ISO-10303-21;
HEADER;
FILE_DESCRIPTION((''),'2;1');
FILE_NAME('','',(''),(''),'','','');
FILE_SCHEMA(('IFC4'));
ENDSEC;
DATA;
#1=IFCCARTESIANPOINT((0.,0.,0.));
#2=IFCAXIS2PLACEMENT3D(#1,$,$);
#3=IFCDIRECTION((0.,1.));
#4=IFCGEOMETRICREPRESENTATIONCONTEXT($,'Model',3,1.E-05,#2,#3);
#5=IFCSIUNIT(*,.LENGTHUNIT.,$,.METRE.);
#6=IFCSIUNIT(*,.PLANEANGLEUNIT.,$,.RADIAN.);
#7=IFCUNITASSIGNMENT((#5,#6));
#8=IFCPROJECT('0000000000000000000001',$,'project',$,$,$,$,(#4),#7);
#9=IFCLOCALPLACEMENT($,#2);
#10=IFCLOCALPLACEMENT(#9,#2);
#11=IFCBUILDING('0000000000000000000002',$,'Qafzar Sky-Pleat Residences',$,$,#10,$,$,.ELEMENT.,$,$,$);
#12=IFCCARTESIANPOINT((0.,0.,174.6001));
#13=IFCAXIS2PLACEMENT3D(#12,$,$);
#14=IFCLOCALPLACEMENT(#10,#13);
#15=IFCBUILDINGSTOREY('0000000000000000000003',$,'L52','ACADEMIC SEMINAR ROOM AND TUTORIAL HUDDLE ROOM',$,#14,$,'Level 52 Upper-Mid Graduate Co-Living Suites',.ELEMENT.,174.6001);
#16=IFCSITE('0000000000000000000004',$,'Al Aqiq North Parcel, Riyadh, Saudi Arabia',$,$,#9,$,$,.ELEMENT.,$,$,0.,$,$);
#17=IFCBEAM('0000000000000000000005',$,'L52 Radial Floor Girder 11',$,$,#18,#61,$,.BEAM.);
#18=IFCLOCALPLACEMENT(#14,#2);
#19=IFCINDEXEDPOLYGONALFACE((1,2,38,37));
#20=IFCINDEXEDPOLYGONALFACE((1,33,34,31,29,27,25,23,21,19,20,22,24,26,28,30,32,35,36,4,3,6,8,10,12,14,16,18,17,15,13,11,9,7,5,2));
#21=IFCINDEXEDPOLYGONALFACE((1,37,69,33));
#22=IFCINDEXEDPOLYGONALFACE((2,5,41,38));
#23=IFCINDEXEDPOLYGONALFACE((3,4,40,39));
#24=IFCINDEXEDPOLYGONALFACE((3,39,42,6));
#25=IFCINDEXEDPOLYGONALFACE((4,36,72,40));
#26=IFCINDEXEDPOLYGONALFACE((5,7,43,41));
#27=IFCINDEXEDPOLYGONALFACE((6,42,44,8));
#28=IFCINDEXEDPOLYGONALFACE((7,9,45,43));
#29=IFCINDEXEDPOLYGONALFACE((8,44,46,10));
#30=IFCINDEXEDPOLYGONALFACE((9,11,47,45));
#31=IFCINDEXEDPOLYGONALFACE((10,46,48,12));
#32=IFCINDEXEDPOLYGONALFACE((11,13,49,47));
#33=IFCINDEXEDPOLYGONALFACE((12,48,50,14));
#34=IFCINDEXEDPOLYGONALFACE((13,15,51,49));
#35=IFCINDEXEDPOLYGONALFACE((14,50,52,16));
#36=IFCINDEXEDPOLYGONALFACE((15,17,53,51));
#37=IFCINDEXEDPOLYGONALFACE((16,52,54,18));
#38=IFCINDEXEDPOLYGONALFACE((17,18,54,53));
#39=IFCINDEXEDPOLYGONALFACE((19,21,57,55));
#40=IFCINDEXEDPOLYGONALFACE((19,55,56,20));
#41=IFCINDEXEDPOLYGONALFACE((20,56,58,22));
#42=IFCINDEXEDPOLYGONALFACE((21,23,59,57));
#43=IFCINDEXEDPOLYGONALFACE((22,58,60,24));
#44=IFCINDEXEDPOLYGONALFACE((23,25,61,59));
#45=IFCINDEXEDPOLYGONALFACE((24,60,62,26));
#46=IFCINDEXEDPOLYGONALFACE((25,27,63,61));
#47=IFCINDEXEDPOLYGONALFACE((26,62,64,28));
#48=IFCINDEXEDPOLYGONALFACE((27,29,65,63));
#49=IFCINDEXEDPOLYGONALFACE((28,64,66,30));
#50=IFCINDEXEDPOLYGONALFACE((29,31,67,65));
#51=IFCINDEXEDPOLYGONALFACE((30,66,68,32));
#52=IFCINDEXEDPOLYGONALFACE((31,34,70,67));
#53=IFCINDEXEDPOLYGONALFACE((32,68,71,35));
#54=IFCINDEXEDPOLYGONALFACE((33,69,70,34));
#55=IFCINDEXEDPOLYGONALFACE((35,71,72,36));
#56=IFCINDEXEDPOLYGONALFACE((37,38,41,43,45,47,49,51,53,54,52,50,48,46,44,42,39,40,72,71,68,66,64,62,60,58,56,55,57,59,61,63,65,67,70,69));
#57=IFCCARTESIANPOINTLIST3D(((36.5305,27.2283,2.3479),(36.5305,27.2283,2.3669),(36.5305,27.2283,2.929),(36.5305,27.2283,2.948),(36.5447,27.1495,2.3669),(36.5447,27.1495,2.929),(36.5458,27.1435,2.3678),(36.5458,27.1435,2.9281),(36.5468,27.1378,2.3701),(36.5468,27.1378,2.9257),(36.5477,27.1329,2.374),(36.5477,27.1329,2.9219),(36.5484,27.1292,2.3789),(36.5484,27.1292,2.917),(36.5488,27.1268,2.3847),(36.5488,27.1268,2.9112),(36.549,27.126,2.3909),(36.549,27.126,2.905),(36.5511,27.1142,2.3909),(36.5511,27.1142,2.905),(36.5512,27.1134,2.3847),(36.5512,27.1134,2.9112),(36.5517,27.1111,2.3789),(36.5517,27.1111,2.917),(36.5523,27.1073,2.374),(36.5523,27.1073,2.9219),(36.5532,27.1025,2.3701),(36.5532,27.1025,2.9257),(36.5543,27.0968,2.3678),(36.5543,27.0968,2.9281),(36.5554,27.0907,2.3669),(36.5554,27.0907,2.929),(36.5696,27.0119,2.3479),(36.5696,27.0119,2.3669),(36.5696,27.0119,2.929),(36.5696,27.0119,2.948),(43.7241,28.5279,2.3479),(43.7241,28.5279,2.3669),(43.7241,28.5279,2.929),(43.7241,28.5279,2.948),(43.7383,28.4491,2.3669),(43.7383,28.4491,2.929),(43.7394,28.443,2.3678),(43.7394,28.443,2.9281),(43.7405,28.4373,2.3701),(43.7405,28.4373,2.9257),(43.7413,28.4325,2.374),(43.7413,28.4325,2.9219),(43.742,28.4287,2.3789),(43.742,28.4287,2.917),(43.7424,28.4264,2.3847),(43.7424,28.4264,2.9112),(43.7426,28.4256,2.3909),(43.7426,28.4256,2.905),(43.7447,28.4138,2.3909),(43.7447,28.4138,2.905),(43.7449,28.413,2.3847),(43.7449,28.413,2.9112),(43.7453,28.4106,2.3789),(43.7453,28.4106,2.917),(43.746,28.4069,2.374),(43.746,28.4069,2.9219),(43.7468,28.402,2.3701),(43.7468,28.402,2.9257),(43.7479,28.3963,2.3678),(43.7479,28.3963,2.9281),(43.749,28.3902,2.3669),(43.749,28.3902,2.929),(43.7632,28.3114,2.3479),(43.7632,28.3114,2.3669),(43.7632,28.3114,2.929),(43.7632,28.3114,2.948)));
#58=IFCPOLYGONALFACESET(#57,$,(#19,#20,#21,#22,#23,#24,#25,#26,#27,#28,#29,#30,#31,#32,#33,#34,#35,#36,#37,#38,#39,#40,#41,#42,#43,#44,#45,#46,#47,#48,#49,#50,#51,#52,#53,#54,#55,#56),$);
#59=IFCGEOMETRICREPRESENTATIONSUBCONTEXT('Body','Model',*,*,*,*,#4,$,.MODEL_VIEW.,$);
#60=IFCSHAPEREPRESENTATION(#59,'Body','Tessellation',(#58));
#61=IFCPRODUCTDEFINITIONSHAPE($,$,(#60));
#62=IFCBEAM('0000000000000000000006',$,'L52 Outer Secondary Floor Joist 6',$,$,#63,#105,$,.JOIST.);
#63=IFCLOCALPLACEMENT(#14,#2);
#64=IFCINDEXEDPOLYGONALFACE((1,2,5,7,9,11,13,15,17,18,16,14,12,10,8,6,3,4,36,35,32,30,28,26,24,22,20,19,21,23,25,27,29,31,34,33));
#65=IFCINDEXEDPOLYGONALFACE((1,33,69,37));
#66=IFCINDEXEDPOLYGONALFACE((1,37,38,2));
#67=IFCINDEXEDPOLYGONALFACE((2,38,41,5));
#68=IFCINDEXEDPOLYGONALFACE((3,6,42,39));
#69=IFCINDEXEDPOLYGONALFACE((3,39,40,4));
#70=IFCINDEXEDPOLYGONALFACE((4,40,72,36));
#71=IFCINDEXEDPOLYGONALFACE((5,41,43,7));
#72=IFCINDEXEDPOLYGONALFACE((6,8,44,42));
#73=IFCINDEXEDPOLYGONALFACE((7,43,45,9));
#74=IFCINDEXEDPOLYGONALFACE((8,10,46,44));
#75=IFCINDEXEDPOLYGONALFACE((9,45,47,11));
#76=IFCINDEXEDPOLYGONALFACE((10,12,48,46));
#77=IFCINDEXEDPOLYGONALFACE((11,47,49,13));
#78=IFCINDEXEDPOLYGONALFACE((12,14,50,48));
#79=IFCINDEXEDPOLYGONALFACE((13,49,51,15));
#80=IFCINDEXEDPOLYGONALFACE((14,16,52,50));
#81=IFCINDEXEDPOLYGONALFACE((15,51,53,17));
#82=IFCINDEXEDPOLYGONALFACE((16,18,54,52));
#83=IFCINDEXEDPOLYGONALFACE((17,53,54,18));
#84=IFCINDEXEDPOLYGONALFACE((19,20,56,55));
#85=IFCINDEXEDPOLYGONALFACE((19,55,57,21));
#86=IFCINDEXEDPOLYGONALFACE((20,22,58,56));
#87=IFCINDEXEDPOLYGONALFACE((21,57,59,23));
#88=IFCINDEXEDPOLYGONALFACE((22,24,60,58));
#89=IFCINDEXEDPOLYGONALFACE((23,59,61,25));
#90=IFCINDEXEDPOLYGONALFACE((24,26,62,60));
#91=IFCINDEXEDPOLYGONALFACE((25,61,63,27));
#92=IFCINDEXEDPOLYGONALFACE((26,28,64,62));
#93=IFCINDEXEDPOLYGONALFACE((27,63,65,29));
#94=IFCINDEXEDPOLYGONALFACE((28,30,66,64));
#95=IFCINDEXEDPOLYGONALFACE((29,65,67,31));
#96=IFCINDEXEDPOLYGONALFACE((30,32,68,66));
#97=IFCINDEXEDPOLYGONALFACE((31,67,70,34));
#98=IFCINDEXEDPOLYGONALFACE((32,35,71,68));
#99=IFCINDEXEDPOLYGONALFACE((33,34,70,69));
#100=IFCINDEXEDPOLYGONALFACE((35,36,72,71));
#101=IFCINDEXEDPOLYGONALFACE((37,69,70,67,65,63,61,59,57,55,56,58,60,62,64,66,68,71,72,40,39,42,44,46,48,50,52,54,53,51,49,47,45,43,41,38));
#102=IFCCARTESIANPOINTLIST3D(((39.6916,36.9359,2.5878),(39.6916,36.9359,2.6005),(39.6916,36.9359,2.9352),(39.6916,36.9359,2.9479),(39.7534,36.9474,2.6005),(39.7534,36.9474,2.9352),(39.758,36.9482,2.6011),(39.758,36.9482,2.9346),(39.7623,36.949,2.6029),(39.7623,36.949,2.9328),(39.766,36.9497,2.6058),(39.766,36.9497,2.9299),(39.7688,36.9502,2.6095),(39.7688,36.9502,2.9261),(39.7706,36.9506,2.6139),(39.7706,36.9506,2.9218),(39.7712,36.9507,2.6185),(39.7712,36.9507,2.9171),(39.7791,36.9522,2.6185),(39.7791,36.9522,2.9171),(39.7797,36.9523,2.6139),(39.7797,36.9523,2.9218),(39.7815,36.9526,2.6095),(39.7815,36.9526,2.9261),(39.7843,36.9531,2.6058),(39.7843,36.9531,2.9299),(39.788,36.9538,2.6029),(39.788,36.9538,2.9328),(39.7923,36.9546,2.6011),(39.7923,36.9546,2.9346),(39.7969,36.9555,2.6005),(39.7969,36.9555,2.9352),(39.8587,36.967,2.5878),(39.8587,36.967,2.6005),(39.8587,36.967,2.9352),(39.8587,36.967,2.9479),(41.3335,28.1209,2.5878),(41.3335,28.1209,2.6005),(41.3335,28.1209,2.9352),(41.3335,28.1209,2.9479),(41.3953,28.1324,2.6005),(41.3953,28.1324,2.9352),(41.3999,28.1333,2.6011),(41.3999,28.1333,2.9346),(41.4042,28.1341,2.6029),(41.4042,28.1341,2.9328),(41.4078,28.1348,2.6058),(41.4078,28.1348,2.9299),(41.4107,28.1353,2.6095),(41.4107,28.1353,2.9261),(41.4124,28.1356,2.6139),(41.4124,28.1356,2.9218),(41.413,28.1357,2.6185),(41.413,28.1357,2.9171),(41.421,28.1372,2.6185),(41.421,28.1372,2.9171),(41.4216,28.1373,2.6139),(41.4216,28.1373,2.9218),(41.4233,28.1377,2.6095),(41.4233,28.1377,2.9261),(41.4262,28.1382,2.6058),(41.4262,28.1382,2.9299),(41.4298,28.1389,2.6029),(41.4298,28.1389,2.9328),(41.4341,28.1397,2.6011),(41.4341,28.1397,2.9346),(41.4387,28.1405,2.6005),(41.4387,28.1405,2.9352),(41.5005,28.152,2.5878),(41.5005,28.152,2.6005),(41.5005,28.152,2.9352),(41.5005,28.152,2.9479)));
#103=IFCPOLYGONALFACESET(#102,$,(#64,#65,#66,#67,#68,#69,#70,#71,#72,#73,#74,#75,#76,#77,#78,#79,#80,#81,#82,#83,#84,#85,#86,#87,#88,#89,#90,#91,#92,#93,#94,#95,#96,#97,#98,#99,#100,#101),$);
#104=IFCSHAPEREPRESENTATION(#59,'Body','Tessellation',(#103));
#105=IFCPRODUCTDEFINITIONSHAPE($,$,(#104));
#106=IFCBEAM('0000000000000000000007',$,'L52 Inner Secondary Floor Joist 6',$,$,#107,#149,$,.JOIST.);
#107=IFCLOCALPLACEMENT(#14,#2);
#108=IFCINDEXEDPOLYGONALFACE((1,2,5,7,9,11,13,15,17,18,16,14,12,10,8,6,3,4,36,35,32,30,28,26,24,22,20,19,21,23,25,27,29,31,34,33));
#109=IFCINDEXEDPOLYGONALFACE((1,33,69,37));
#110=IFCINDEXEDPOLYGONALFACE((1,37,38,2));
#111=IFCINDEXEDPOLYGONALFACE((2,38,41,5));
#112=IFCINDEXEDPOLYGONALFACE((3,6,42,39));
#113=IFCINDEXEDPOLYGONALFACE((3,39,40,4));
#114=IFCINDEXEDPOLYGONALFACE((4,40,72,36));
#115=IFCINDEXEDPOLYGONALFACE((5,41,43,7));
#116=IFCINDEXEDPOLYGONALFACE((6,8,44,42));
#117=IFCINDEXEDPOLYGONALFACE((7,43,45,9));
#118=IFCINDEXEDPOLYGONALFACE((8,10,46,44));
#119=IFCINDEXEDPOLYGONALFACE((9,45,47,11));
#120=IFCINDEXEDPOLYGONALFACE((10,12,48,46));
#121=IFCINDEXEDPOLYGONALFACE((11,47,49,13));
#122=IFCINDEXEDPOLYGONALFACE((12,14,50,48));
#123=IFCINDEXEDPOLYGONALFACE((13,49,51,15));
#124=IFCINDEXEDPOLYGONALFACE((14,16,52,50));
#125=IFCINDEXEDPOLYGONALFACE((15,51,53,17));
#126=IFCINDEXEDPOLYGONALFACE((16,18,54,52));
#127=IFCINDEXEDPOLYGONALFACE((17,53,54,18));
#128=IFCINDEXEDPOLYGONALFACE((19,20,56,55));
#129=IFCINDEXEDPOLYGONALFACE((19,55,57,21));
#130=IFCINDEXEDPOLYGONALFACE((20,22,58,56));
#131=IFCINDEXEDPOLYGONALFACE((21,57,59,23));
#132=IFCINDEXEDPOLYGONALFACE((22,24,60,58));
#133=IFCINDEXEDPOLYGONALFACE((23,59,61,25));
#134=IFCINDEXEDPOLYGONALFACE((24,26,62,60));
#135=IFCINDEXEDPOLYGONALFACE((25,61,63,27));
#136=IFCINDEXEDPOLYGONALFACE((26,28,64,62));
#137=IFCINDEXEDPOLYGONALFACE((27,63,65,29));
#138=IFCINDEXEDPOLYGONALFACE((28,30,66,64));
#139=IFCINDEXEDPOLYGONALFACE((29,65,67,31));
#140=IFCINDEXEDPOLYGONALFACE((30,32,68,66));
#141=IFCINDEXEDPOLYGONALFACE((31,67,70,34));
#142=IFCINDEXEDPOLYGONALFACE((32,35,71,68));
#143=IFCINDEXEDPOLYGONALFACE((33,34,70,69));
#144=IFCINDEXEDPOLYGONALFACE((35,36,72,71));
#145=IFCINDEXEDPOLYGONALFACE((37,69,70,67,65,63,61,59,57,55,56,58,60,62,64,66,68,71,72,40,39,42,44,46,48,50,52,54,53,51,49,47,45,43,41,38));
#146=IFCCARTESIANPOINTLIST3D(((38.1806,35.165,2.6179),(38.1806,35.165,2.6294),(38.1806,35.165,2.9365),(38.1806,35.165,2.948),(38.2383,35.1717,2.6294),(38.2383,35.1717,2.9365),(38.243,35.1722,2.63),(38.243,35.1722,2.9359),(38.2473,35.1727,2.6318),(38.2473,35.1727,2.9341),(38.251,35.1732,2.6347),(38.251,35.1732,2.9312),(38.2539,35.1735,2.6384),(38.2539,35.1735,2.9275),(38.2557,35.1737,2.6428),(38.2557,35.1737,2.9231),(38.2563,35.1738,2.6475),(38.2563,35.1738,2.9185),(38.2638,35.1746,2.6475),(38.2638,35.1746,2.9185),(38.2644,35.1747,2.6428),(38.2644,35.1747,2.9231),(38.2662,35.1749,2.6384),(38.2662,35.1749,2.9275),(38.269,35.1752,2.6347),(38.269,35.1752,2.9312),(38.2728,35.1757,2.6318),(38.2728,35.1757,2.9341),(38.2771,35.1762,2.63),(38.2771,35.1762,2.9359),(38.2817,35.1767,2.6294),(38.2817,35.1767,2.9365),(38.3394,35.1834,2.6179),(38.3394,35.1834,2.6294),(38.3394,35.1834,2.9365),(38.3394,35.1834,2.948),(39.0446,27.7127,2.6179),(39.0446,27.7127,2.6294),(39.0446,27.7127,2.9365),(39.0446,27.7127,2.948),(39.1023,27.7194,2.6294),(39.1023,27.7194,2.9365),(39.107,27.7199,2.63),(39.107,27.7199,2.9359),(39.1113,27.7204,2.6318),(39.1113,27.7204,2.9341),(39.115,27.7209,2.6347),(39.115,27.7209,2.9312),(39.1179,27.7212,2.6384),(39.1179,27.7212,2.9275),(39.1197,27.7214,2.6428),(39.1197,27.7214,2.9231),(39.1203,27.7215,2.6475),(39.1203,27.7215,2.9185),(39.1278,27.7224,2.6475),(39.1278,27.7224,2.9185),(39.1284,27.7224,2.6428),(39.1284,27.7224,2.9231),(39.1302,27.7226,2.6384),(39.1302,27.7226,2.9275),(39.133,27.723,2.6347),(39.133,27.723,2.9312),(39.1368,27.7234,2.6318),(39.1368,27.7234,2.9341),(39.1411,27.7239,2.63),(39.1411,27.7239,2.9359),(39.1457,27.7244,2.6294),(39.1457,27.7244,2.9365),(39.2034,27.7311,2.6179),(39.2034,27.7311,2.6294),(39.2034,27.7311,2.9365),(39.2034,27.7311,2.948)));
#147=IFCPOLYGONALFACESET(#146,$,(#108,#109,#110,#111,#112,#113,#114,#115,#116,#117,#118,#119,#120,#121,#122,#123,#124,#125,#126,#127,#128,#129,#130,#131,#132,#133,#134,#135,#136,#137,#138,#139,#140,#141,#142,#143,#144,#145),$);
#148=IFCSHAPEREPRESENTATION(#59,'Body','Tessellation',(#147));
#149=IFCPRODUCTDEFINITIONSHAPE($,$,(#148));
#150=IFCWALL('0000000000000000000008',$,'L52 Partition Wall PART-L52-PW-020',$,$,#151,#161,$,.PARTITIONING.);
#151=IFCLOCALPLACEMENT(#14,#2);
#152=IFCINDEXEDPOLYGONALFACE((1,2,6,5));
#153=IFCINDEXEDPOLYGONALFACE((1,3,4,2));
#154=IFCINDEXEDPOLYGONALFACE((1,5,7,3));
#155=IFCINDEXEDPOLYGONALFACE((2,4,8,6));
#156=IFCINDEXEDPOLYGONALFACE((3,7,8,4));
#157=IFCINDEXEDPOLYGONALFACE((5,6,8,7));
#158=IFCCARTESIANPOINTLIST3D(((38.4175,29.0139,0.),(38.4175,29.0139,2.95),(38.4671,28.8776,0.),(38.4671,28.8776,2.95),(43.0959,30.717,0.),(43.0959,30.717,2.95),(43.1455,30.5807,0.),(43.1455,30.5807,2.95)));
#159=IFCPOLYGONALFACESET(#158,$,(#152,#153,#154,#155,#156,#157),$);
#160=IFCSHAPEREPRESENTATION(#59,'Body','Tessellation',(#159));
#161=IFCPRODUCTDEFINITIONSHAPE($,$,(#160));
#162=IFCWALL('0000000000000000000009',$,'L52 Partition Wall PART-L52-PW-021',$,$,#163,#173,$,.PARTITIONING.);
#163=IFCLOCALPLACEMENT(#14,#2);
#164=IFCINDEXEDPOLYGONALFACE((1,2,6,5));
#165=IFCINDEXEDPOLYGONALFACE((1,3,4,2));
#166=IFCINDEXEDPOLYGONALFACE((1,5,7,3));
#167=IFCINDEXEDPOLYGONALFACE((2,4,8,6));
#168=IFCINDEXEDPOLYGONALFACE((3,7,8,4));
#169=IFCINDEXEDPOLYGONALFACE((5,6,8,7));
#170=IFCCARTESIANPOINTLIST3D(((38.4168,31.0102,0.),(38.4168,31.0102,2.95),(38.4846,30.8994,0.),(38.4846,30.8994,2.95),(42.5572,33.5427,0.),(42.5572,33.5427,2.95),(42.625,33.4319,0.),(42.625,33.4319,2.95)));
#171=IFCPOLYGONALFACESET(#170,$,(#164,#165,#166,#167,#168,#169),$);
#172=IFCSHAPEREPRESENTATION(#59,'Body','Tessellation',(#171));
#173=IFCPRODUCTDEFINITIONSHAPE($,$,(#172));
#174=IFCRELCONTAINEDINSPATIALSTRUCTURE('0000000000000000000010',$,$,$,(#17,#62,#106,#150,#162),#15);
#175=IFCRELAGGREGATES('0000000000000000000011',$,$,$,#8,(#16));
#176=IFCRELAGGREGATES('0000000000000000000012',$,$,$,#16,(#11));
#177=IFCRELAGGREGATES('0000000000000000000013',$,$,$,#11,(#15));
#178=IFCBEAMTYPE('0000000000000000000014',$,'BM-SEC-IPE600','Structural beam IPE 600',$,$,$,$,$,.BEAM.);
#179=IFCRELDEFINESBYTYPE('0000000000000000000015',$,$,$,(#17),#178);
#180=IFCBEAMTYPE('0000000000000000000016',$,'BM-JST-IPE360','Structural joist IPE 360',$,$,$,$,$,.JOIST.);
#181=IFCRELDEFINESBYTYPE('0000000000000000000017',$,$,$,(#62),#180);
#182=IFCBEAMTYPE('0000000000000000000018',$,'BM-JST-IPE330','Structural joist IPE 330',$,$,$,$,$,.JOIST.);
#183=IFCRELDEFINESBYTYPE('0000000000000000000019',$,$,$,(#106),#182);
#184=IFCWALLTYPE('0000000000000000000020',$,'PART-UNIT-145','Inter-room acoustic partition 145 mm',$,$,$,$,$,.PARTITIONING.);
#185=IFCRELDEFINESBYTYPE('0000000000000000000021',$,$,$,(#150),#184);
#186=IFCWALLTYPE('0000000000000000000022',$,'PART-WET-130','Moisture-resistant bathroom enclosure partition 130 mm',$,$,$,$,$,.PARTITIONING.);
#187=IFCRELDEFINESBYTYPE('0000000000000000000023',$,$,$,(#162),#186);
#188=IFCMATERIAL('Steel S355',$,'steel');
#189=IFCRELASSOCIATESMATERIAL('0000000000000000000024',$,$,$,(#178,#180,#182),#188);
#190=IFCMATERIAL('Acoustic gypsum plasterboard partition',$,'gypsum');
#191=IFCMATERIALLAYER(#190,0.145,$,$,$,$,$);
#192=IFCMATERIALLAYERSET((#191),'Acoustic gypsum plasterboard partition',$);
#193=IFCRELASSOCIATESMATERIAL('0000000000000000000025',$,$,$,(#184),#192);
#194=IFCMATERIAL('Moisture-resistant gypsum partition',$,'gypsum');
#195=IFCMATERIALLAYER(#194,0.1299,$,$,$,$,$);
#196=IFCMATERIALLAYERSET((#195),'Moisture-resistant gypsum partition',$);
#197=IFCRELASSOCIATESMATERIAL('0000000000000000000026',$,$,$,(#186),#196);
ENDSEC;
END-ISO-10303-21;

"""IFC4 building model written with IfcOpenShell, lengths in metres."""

from ifc_helpers import new_model, si_unit, direction, frame, frame_2d, origin, origin_2d, place, context, subcontext, project, spatial, rectangle, i_section, extrude, source, transform, mapped, material, layer, layer_set, material_profile, profile_set, type_object, element, save


model = new_model("IFC4")

# Units and contexts
model_context = context("Model", 3, precision=1e-05, world=origin(), true_north=direction((0.0, 1.0)))
body_context = subcontext(model_context, "Body", "Model", "MODEL_VIEW")
ifc_project = project(units=[si_unit("LENGTHUNIT", "METRE"), si_unit("PLANEANGLEUNIT", "RADIAN")], contexts=[model_context])

# Site, building, storey
site_placement = place(None, origin())
site = spatial("IfcSite", under=ifc_project, at=site_placement, Name="Al Aqiq North Parcel, Riyadh, Saudi Arabia", CompositionType="ELEMENT", RefElevation=0.0)
building_placement = place(site_placement, origin())
building = spatial("IfcBuilding", under=site, at=building_placement, Name="Qafzar Sky-Pleat Residences", CompositionType="ELEMENT")
storey_placement = place(building_placement, frame((0.0, 0.0, 174.6001)))
storey = spatial("IfcBuildingStorey", under=building, at=storey_placement, Name="L52", Description="ACADEMIC SEMINAR ROOM AND TUTORIAL HUDDLE ROOM", LongName="Level 52 Upper-Mid Graduate Co-Living Suites", CompositionType="ELEMENT", Elevation=174.6001)

# Shared definitions
ifc_material_1 = material(Name="Steel S355", Category="steel")

# Beams
ifc_material_profile_1 = material_profile(ifc_material_1, i_section(OverallWidth=0.22, OverallDepth=0.6001, WebThickness=0.012, FlangeThickness=0.019, FilletRadius=0.0239, at=origin_2d()), Name="IPE 600")
ifc_profile_set_1 = profile_set([ifc_material_profile_1], Name="Steel S355")
beam_type_1 = type_object("IfcBeamType", Name="BM-SEC-IPE600", Description="Structural beam IPE 600", PredefinedType="BEAM", material=ifc_profile_set_1)
shared_shape_1 = source(origin(), body_context, "Body", "SweptSolid", [
    extrude(i_section(OverallWidth=0.22, OverallDepth=0.6001, WebThickness=0.012, FlangeThickness=0.019, FilletRadius=0.0239, at=origin_2d()), origin(), (0.0, 0.0, 1.0), 7.3101),
])
beam_1_placement = place(storey_placement, frame((43.7437, 28.4197, 2.6479), z_axis=(-0.984071, -0.177777, 0.0), x_axis=(0.177777, -0.984071, 0.0)))
element("IfcBeam", 1, at=beam_1_placement, inside=storey, type_object=beam_type_1, Name="L52 Radial Floor Girder 11", PredefinedType="BEAM", context=body_context, shape_type="MappedRepresentation", body=[
    mapped(shared_shape_1, transform((0.0, 0.0, 0.0), x_axis=(1.0, 0.0, 0.0), y_axis=(0.0, 1.0, 0.0), z_axis=(0.0, 0.0, 1.0), scale=1.0)),
])
ifc_material_profile_2 = material_profile(ifc_material_1, i_section(OverallWidth=0.1699, OverallDepth=0.3601, WebThickness=0.0081, FlangeThickness=0.0127, FilletRadius=0.0181, at=origin_2d()), Name="IPE 360")
ifc_profile_set_2 = profile_set([ifc_material_profile_2], Name="Steel S355")
beam_type_2 = type_object("IfcBeamType", Name="BM-JST-IPE360", Description="Structural joist IPE 360", PredefinedType="JOIST", material=ifc_profile_set_2)
shared_shape_2 = source(origin(), body_context, "Body", "SweptSolid", [
    extrude(i_section(OverallWidth=0.1699, OverallDepth=0.3601, WebThickness=0.0081, FlangeThickness=0.0127, FilletRadius=0.0181, at=origin_2d()), origin(), (0.0, 0.0, 1.0), 8.9666),
])
beam_2_placement = place(storey_placement, frame((41.417, 28.1365, 2.7678), z_axis=(-0.183108, 0.983093, 0.0), x_axis=(-0.983093, -0.183108, 0.0)))
element("IfcBeam", 2, at=beam_2_placement, inside=storey, type_object=beam_type_2, Name="L52 Outer Secondary Floor Joist 6", PredefinedType="JOIST", context=body_context, shape_type="MappedRepresentation", body=[
    mapped(shared_shape_2, transform((0.0, 0.0, 0.0), x_axis=(1.0, 0.0, 0.0), y_axis=(0.0, 1.0, 0.0), z_axis=(0.0, 0.0, 1.0), scale=1.0)),
])
ifc_material_profile_3 = material_profile(ifc_material_1, i_section(OverallWidth=0.1599, OverallDepth=0.3301, WebThickness=0.0076, FlangeThickness=0.0115, FilletRadius=0.0181, at=origin_2d()), Name="IPE 330")
ifc_profile_set_3 = profile_set([ifc_material_profile_3], Name="Steel S355")
beam_type_3 = type_object("IfcBeamType", Name="BM-JST-IPE330", Description="Structural joist IPE 330", PredefinedType="JOIST", material=ifc_profile_set_3)
shared_shape_3 = source(origin(), body_context, "Body", "SweptSolid", [
    extrude(i_section(OverallWidth=0.1599, OverallDepth=0.3301, WebThickness=0.0076, FlangeThickness=0.0115, FilletRadius=0.0181, at=origin_2d()), origin(), (0.0, 0.0, 1.0), 7.5022),
])
beam_3_placement = place(storey_placement, frame((39.124, 27.7219, 2.783), z_axis=(-0.115166, 0.993346, 0.0), x_axis=(-0.993346, -0.115166, 0.0)))
element("IfcBeam", 3, at=beam_3_placement, inside=storey, type_object=beam_type_3, Name="L52 Inner Secondary Floor Joist 6", PredefinedType="JOIST", context=body_context, shape_type="MappedRepresentation", body=[
    mapped(shared_shape_3, transform((0.0, 0.0, 0.0), x_axis=(1.0, 0.0, 0.0), y_axis=(0.0, 1.0, 0.0), z_axis=(0.0, 0.0, 1.0), scale=1.0)),
])

# Walls
ifc_material_2 = material(Name="Acoustic gypsum plasterboard partition", Category="gypsum")
ifc_layer_1 = layer(ifc_material_2, 0.145)
ifc_layer_set_1 = layer_set([ifc_layer_1], Name="Acoustic gypsum plasterboard partition")
wall_type_1 = type_object("IfcWallType", Name="PART-UNIT-145", Description="Inter-room acoustic partition 145 mm", PredefinedType="PARTITIONING", material=ifc_layer_set_1)
wall_1_placement = place(storey_placement, frame((38.4424, 28.9458, 0.0), z_axis=(0.0, 0.0, 1.0), x_axis=(0.939673, 0.342074, 0.0)))
element("IfcWall", 4, at=wall_1_placement, inside=storey, type_object=wall_type_1, Name="L52 Partition Wall PART-L52-PW-020", PredefinedType="PARTITIONING", context=body_context, shape_type="SweptSolid", body=[
    extrude(rectangle(XDim=4.9788, YDim=0.145, at=frame_2d((2.4893, 0.0))), origin(), (0.0, 0.0, 1.0), 2.95),
])
ifc_material_3 = material(Name="Moisture-resistant gypsum partition", Category="gypsum")
ifc_layer_2 = layer(ifc_material_3, 0.1299)
ifc_layer_set_2 = layer_set([ifc_layer_2], Name="Moisture-resistant gypsum partition")
wall_type_2 = type_object("IfcWallType", Name="PART-WET-130", Description="Moisture-resistant bathroom enclosure partition 130 mm", PredefinedType="PARTITIONING", material=ifc_layer_set_2)
wall_2_placement = place(storey_placement, frame((38.4507, 30.9548, 0.0), z_axis=(0.0, 0.0, 1.0), x_axis=(0.853077, 0.521786, 0.0)))
element("IfcWall", 5, at=wall_2_placement, inside=storey, type_object=wall_type_2, Name="L52 Partition Wall PART-L52-PW-021", PredefinedType="PARTITIONING", context=body_context, shape_type="SweptSolid", body=[
    extrude(rectangle(XDim=4.8535, YDim=0.1299, at=frame_2d((2.4268, 0.0))), origin(), (0.0, 0.0, 1.0), 2.95),
])

save(model, "model.ifc")
